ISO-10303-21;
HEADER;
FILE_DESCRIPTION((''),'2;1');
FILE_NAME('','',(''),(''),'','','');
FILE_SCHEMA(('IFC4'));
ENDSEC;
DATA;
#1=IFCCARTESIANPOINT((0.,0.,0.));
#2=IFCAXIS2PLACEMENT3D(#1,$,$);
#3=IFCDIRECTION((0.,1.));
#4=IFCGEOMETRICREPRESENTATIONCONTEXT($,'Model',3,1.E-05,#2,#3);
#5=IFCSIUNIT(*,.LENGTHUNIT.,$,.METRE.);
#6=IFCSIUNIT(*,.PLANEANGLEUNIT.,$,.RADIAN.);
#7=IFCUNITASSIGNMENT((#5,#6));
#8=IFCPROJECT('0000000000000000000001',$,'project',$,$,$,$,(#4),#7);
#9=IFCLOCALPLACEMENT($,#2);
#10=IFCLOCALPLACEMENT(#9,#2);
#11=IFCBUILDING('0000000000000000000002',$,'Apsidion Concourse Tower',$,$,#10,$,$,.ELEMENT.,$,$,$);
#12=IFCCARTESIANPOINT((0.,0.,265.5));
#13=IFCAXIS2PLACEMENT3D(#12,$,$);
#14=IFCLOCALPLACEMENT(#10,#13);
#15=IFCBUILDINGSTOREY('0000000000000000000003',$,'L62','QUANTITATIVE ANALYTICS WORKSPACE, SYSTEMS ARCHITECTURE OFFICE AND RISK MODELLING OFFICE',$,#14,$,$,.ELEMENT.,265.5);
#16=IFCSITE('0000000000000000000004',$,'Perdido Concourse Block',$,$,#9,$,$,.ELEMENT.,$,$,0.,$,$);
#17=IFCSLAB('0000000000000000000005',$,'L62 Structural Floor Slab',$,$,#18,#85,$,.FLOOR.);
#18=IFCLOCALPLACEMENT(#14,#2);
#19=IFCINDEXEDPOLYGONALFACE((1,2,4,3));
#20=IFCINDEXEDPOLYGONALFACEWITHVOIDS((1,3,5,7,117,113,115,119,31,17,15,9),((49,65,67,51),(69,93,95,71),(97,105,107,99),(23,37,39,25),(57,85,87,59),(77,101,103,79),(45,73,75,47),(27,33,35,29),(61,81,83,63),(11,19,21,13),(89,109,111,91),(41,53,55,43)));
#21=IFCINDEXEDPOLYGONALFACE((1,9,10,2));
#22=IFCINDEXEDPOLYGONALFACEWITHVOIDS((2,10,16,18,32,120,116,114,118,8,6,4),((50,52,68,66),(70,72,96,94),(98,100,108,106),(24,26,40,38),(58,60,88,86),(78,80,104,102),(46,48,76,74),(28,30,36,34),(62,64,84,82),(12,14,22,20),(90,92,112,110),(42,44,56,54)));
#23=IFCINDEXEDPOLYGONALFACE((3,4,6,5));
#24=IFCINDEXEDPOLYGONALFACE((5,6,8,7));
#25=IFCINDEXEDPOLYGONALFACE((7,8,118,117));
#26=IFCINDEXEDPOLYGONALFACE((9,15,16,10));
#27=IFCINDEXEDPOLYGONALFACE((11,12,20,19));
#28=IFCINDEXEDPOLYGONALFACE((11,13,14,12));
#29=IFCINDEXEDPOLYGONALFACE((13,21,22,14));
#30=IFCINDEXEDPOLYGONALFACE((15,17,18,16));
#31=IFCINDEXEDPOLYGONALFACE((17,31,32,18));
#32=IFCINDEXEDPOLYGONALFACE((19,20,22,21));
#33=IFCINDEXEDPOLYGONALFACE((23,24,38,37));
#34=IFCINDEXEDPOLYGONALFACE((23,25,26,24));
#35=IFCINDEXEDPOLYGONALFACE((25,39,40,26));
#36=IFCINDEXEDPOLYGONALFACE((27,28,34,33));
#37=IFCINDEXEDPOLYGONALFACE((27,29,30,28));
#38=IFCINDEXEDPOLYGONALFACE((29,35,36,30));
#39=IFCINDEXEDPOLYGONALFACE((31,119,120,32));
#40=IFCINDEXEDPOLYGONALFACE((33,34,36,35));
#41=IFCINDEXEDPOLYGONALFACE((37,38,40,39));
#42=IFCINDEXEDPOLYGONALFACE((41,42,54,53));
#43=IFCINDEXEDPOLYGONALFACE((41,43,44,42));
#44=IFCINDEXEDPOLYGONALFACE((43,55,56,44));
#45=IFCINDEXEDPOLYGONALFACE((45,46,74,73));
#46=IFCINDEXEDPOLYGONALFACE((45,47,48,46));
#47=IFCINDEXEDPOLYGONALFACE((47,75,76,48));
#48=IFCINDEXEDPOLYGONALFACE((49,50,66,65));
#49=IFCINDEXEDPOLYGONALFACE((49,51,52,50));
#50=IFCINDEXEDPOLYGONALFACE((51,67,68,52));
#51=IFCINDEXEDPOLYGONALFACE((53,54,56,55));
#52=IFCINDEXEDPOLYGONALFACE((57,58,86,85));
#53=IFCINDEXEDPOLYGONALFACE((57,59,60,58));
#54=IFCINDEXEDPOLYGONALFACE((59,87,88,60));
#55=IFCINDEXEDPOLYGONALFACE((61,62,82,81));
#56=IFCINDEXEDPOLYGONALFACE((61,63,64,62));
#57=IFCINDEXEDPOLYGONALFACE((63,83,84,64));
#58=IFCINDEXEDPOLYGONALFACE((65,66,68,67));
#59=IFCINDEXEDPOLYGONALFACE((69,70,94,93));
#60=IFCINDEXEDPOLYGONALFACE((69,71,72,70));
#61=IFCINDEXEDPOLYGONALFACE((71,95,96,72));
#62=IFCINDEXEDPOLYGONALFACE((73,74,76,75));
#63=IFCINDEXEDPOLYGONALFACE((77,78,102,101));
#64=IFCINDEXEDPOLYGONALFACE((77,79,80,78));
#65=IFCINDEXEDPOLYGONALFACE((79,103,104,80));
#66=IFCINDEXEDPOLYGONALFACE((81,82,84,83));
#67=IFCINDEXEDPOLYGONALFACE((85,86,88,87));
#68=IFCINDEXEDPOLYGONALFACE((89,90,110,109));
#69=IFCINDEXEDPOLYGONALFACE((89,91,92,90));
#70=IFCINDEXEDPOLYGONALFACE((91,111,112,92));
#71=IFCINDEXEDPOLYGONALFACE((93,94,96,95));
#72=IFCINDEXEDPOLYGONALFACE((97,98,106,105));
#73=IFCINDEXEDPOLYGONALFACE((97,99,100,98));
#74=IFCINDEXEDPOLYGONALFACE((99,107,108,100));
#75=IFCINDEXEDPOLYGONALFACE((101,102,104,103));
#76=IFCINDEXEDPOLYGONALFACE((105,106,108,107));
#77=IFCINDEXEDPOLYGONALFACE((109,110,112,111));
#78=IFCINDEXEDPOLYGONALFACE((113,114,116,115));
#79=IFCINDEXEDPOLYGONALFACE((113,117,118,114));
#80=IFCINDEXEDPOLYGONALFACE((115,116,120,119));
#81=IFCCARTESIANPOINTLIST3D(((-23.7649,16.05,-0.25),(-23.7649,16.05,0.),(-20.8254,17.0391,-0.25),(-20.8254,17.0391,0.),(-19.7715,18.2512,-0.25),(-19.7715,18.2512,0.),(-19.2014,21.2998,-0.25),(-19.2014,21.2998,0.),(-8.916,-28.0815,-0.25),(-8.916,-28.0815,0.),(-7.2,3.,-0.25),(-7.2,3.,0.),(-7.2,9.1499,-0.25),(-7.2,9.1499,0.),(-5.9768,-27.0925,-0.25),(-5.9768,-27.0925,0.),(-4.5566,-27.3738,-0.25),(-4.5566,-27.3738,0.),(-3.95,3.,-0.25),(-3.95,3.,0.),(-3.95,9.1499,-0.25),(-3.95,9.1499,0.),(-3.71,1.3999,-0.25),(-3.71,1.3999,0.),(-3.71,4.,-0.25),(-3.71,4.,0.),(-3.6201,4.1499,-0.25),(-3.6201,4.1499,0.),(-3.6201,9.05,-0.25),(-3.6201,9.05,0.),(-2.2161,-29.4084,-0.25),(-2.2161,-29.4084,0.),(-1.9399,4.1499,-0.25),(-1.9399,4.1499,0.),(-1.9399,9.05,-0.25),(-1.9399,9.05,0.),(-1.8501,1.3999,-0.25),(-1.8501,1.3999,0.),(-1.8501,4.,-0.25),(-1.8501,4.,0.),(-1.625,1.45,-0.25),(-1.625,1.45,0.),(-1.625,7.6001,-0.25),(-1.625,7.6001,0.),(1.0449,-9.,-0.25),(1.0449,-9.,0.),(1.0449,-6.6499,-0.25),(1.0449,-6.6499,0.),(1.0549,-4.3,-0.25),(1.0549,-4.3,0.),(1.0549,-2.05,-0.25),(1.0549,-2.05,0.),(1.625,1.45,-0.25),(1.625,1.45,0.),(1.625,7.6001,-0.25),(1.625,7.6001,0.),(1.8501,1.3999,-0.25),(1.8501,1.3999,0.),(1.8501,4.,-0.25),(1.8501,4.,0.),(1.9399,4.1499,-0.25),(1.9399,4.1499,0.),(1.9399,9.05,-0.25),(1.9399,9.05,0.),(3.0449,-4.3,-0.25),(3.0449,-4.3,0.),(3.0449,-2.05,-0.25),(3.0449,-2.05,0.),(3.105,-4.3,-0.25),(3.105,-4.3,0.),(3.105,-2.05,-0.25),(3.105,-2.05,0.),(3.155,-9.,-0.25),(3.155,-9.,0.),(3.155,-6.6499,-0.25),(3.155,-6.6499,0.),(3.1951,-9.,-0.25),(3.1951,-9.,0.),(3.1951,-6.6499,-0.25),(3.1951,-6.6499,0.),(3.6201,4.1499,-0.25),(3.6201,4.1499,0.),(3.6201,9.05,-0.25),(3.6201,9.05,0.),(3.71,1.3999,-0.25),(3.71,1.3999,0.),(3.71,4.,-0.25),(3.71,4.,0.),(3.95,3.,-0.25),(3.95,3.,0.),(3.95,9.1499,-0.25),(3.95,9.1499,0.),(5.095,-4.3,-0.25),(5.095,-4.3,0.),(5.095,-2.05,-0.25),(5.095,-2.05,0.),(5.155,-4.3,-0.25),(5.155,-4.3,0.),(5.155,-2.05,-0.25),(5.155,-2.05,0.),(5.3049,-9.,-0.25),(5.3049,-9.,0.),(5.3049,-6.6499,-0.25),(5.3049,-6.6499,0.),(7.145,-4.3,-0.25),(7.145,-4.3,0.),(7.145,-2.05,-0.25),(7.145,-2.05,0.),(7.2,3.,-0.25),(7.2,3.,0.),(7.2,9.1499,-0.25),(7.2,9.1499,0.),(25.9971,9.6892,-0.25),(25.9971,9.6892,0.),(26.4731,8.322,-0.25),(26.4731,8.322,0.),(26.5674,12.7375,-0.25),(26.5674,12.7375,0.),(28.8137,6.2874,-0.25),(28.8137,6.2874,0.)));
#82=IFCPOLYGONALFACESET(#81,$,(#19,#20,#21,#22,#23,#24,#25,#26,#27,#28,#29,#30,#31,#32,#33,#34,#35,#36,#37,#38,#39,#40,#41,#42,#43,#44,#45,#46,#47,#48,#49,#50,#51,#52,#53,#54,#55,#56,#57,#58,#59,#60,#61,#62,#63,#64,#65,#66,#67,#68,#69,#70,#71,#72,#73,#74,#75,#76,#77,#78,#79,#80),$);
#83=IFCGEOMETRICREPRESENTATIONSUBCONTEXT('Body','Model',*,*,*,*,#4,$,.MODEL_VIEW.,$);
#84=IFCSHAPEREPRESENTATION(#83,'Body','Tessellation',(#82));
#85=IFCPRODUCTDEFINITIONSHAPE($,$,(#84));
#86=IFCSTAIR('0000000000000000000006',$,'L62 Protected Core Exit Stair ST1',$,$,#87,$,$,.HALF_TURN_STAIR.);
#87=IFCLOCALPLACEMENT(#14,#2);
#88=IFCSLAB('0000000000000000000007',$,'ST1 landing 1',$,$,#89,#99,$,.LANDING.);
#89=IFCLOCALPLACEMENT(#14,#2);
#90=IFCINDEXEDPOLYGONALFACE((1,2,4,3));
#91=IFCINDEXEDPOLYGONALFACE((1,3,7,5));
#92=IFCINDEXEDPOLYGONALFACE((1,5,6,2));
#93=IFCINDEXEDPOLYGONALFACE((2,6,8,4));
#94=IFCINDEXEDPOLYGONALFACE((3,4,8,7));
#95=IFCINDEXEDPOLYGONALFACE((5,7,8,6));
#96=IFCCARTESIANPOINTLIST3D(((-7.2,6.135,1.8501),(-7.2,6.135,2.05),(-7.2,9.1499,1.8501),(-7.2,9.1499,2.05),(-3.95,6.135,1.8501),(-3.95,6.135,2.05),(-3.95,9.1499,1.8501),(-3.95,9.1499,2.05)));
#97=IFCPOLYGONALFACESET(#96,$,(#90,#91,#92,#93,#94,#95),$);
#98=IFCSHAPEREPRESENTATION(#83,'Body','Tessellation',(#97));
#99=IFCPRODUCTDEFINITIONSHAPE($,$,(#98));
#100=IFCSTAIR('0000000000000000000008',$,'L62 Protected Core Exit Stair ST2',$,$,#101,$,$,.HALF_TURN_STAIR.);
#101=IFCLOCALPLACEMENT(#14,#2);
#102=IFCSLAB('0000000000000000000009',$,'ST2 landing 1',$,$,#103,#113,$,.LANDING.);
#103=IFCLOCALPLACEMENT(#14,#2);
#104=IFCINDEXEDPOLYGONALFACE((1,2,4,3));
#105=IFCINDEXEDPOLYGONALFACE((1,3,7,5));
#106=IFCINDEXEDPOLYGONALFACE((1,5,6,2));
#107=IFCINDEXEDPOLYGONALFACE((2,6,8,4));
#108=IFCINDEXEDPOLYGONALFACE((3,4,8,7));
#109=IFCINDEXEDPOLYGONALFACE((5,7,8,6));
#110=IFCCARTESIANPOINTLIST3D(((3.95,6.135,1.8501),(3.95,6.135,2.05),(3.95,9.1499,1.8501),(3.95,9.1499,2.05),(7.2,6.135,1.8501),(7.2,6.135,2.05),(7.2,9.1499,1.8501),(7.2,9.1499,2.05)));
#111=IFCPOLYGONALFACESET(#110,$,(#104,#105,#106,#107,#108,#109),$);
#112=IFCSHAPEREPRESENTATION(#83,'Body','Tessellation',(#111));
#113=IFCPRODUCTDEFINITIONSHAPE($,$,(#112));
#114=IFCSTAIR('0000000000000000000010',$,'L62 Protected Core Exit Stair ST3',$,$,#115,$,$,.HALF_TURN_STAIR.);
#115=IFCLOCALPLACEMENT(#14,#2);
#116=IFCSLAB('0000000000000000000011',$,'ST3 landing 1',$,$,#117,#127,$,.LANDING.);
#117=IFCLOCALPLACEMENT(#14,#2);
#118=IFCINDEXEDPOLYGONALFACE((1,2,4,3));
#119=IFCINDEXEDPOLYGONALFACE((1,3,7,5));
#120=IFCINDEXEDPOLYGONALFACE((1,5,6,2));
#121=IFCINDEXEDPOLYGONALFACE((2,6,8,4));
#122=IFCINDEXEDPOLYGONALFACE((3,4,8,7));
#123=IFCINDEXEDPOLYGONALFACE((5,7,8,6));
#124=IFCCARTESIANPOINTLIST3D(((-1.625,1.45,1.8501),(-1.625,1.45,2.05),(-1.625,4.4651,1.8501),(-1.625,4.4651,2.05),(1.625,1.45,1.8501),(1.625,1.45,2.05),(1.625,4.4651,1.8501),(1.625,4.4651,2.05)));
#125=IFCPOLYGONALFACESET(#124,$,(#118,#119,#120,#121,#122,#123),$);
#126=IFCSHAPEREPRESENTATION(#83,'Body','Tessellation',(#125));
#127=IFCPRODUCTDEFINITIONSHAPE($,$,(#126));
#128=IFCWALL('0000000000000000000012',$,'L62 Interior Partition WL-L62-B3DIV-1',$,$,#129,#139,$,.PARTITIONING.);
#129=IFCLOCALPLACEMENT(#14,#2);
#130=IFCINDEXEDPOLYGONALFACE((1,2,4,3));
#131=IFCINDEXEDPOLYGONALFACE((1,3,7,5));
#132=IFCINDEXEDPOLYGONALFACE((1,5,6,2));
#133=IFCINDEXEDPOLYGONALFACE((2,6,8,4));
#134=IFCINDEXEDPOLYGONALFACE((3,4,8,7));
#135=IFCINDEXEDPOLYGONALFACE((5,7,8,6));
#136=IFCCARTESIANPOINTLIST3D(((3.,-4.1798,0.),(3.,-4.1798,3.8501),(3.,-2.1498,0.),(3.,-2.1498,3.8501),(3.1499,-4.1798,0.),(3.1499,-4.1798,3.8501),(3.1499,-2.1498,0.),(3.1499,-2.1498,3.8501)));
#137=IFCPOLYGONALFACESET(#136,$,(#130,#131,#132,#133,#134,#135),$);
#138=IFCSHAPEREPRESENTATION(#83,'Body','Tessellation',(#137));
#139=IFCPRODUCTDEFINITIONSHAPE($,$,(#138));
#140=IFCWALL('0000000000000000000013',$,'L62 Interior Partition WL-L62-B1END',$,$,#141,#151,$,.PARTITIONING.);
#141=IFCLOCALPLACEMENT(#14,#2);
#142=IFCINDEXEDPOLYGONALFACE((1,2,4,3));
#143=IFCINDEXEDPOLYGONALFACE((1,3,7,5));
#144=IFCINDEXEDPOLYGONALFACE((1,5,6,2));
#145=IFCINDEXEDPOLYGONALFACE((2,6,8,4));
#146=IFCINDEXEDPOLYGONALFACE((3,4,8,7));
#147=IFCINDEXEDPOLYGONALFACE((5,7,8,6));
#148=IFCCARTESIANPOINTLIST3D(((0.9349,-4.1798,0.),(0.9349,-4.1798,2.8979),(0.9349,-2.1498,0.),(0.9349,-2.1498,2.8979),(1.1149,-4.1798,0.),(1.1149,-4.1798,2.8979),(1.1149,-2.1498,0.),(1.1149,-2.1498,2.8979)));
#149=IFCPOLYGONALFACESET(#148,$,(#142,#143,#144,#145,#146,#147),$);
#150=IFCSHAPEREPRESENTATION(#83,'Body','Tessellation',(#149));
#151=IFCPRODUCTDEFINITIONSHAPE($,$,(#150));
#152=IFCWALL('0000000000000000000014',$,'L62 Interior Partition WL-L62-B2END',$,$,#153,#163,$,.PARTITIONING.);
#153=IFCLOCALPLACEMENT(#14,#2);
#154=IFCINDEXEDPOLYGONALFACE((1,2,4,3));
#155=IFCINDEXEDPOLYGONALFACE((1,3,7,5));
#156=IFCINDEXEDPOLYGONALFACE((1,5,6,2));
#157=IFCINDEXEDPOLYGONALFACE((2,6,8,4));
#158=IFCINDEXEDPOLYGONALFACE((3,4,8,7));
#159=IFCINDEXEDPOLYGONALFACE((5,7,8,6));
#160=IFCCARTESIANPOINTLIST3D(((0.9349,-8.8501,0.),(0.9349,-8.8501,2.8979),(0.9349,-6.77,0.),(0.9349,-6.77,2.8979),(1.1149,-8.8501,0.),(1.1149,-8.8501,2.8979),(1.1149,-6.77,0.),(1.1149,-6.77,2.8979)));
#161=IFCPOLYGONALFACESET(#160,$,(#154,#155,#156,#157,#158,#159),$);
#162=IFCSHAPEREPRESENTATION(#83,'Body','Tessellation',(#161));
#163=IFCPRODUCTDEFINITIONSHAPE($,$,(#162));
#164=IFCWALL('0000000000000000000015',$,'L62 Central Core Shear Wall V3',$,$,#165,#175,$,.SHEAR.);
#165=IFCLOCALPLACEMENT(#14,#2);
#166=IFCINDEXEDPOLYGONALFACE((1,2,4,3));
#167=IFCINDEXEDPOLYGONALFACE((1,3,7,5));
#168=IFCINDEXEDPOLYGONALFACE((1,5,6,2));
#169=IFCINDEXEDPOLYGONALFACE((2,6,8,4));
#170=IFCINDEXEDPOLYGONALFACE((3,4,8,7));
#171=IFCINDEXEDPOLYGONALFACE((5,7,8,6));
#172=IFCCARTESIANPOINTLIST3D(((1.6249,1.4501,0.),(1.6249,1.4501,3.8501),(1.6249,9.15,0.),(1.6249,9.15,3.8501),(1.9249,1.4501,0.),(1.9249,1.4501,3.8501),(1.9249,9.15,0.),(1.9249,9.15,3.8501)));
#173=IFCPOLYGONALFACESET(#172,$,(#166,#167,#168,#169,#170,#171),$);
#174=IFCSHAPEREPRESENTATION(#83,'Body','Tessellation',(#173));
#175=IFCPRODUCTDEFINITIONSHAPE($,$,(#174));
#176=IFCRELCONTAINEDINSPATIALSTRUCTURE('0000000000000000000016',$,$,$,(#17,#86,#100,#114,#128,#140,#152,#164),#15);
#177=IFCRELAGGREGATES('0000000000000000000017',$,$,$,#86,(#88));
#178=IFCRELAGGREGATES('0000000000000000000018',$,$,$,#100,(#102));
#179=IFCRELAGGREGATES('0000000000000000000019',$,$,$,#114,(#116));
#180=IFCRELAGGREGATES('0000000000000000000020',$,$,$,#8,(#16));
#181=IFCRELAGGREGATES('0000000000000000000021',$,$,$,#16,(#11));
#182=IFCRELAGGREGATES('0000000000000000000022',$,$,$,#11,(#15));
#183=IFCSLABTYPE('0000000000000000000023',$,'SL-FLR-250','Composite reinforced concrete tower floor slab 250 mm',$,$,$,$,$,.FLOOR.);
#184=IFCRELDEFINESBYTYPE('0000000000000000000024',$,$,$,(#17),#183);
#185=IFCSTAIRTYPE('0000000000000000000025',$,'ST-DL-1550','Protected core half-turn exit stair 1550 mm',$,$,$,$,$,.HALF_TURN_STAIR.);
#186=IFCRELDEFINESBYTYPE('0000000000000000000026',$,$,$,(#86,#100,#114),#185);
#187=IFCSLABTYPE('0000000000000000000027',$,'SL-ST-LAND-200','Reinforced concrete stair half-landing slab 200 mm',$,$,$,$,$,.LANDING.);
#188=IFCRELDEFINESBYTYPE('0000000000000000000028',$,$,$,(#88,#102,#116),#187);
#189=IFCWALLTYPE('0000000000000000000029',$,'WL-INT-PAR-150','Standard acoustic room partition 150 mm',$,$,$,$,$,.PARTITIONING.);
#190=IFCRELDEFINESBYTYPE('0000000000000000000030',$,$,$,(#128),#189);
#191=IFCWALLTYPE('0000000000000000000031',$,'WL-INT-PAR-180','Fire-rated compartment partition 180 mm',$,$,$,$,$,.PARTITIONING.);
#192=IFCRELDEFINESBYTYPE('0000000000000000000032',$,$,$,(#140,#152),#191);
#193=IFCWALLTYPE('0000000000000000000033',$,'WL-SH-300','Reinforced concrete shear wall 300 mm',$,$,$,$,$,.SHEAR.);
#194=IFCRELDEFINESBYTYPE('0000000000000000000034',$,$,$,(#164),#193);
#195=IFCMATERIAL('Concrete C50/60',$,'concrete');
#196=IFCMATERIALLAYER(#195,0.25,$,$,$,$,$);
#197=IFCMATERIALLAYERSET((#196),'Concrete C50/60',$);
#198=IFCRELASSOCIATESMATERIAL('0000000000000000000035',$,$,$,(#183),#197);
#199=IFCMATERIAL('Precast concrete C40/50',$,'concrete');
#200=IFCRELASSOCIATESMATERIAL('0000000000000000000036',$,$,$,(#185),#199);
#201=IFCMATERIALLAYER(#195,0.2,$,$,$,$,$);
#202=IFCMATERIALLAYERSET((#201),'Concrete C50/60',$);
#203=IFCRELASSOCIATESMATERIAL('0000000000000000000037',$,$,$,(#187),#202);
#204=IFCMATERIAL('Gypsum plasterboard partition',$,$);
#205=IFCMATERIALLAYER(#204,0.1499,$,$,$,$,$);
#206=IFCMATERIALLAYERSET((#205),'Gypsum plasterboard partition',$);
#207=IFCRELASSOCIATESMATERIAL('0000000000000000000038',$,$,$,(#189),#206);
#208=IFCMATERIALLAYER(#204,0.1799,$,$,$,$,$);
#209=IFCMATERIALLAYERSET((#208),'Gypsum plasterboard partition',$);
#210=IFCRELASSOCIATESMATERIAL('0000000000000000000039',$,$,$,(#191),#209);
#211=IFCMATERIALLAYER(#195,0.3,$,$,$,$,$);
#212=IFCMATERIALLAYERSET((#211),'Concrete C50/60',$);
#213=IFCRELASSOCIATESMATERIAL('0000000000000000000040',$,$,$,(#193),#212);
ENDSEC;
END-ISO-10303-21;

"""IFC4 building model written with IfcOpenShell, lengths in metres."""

from ifc_helpers import new_model, si_unit, direction, frame, frame_2d, origin, place, context, subcontext, project, spatial, polyline, rectangle, outline, extrude, material, layer, layer_set, type_object, element, aggregate, save


model = new_model("IFC4")

# Units and contexts
model_context = context("Model", 3, precision=1e-05, world=origin(), true_north=direction((0.0, 1.0)))
body_context = subcontext(model_context, "Body", "Model", "MODEL_VIEW")
ifc_project = project(units=[si_unit("LENGTHUNIT", "METRE"), si_unit("PLANEANGLEUNIT", "RADIAN")], contexts=[model_context])

# Site, building, storey
site_placement = place(None, origin())
site = spatial("IfcSite", under=ifc_project, at=site_placement, Name="Perdido Concourse Block", CompositionType="ELEMENT", RefElevation=0.0)
building_placement = place(site_placement, origin())
building = spatial("IfcBuilding", under=site, at=building_placement, Name="Apsidion Concourse Tower", CompositionType="ELEMENT")
storey_placement = place(building_placement, frame((0.0, 0.0, 265.5)))
storey = spatial("IfcBuildingStorey", under=building, at=storey_placement, Name="L62", Description="QUANTITATIVE ANALYTICS WORKSPACE, SYSTEMS ARCHITECTURE OFFICE AND RISK MODELLING OFFICE", CompositionType="ELEMENT", Elevation=265.5)

# Shared definitions
ifc_material_1 = material(Name="Concrete C50/60", Category="concrete")

# Slab
ifc_layer_1 = layer(ifc_material_1, 0.25)
ifc_layer_set_1 = layer_set([ifc_layer_1], Name="Concrete C50/60")
slab_type_1 = type_object("IfcSlabType", Name="SL-FLR-250", Description="Composite reinforced concrete tower floor slab 250 mm", PredefinedType="FLOOR", material=ifc_layer_set_1)
slab_1_placement = place(storey_placement, frame((0.0, 0.0, -0.25)))
element("IfcSlab", 1, at=slab_1_placement, inside=storey, type_object=slab_type_1, Name="L62 Structural Floor Slab", PredefinedType="FLOOR", context=body_context, shape_type="SweptSolid", body=[
    extrude(outline(polyline([(-19.2014, 21.2998), (-19.7715, 18.2512), (-20.8254, 17.0391), (-23.7649, 16.05), (-8.916, -28.0815), (-5.9768, -27.0925), (-4.5566, -27.3738), (-2.2161, -29.4084), (28.8137, 6.2874), (26.4731, 8.322), (25.9971, 9.6892), (26.5674, 12.7375), (-19.2014, 21.2998)]), holes=[polyline([(-3.95, 3.0), (-3.95, 9.1499), (-7.2, 9.1499), (-7.2, 3.0), (-3.95, 3.0)]), polyline([(7.2, 3.0), (7.2, 9.1499), (3.95, 9.1499), (3.95, 3.0), (7.2, 3.0)]), polyline([(-1.625, 7.6001), (-1.625, 1.45), (1.625, 1.45), (1.625, 7.6001), (-1.625, 7.6001)]), polyline([(1.0549, -4.3), (3.0449, -4.3), (3.0449, -2.05), (1.0549, -2.05), (1.0549, -4.3)]), polyline([(3.105, -4.3), (5.095, -4.3), (5.095, -2.05), (3.105, -2.05), (3.105, -4.3)]), polyline([(5.155, -4.3), (7.145, -4.3), (7.145, -2.05), (5.155, -2.05), (5.155, -4.3)]), polyline([(1.0449, -9.0), (3.155, -9.0), (3.155, -6.6499), (1.0449, -6.6499), (1.0449, -9.0)]), polyline([(3.1951, -9.0), (5.3049, -9.0), (5.3049, -6.6499), (3.1951, -6.6499), (3.1951, -9.0)]), polyline([(-3.71, 1.3999), (-1.8501, 1.3999), (-1.8501, 4.0), (-3.71, 4.0), (-3.71, 1.3999)]), polyline([(1.8501, 1.3999), (3.71, 1.3999), (3.71, 4.0), (1.8501, 4.0), (1.8501, 1.3999)]), polyline([(-3.6201, 4.1499), (-1.9399, 4.1499), (-1.9399, 9.05), (-3.6201, 9.05), (-3.6201, 4.1499)]), polyline([(1.9399, 4.1499), (3.6201, 4.1499), (3.6201, 9.05), (1.9399, 9.05), (1.9399, 4.1499)])]), origin(), (0.0, 0.0, 1.0), 0.25),
])

# Stairs, slabs
ifc_material_2 = material(Name="Precast concrete C40/50", Category="concrete")
stair_type = type_object("IfcStairType", Name="ST-DL-1550", Description="Protected core half-turn exit stair 1550 mm", PredefinedType="HALF_TURN_STAIR", material=ifc_material_2)
stair_1_placement = place(storey_placement, origin())
stair_1 = element("IfcStair", 2, at=stair_1_placement, inside=storey, type_object=stair_type, Name="L62 Protected Core Exit Stair ST1", PredefinedType="HALF_TURN_STAIR")
ifc_layer_2 = layer(ifc_material_1, 0.2)
ifc_layer_set_2 = layer_set([ifc_layer_2], Name="Concrete C50/60")
slab_type_2 = type_object("IfcSlabType", Name="SL-ST-LAND-200", Description="Reinforced concrete stair half-landing slab 200 mm", PredefinedType="LANDING", material=ifc_layer_set_2)
slab_2_placement = place(storey_placement, frame((0.0, 0.0, 1.8501)))
slab_2 = element("IfcSlab", 3, at=slab_2_placement, type_object=slab_type_2, Name="ST1 landing 1", PredefinedType="LANDING", context=body_context, shape_type="SweptSolid", body=[
    extrude(outline(polyline([(-3.95, 6.135), (-3.95, 9.1499), (-7.2, 9.1499), (-7.2, 6.135), (-3.95, 6.135)])), origin(), (0.0, 0.0, 1.0), 0.2),
])
aggregate(stair_1, [slab_2])
stair_2_placement = place(storey_placement, origin())
stair_2 = element("IfcStair", 4, at=stair_2_placement, inside=storey, type_object=stair_type, Name="L62 Protected Core Exit Stair ST2", PredefinedType="HALF_TURN_STAIR")
slab_3_placement = place(storey_placement, frame((0.0, 0.0, 1.8501)))
slab_3 = element("IfcSlab", 5, at=slab_3_placement, type_object=slab_type_2, Name="ST2 landing 1", PredefinedType="LANDING", context=body_context, shape_type="SweptSolid", body=[
    extrude(outline(polyline([(7.2, 6.135), (7.2, 9.1499), (3.95, 9.1499), (3.95, 6.135), (7.2, 6.135)])), origin(), (0.0, 0.0, 1.0), 0.2),
])
aggregate(stair_2, [slab_3])
stair_3_placement = place(storey_placement, origin())
stair_3 = element("IfcStair", 6, at=stair_3_placement, inside=storey, type_object=stair_type, Name="L62 Protected Core Exit Stair ST3", PredefinedType="HALF_TURN_STAIR")
slab_4_placement = place(storey_placement, frame((0.0, 0.0, 1.8501)))
slab_4 = element("IfcSlab", 7, at=slab_4_placement, type_object=slab_type_2, Name="ST3 landing 1", PredefinedType="LANDING", context=body_context, shape_type="SweptSolid", body=[
    extrude(outline(polyline([(-1.625, 4.4651), (-1.625, 1.45), (1.625, 1.45), (1.625, 4.4651), (-1.625, 4.4651)])), origin(), (0.0, 0.0, 1.0), 0.2),
])
aggregate(stair_3, [slab_4])

# Walls
ifc_material_3 = material(Name="Gypsum plasterboard partition")
ifc_layer_3 = layer(ifc_material_3, 0.1499)
ifc_layer_set_3 = layer_set([ifc_layer_3], Name="Gypsum plasterboard partition")
wall_type_1 = type_object("IfcWallType", Name="WL-INT-PAR-150", Description="Standard acoustic room partition 150 mm", PredefinedType="PARTITIONING", material=ifc_layer_set_3)
wall_1_placement = place(storey_placement, frame((3.075, -4.1799, 0.0), z_axis=(0.0, 0.0, 1.0), x_axis=(0.0, 1.0, 0.0)))
element("IfcWall", 8, at=wall_1_placement, inside=storey, type_object=wall_type_1, Name="L62 Interior Partition WL-L62-B3DIV-1", PredefinedType="PARTITIONING", context=body_context, shape_type="SweptSolid", body=[
    extrude(rectangle(XDim=2.03, YDim=0.1499, at=frame_2d((1.0151, 0.0))), origin(), (0.0, 0.0, 1.0), 3.8501),
])
ifc_layer_4 = layer(ifc_material_3, 0.1799)
ifc_layer_set_4 = layer_set([ifc_layer_4], Name="Gypsum plasterboard partition")
wall_type_2 = type_object("IfcWallType", Name="WL-INT-PAR-180", Description="Fire-rated compartment partition 180 mm", PredefinedType="PARTITIONING", material=ifc_layer_set_4)
wall_2_placement = place(storey_placement, frame((1.0249, -4.1799, 0.0), z_axis=(0.0, 0.0, 1.0), x_axis=(0.0, 1.0, 0.0)))
element("IfcWall", 9, at=wall_2_placement, inside=storey, type_object=wall_type_2, Name="L62 Interior Partition WL-L62-B1END", PredefinedType="PARTITIONING", context=body_context, shape_type="SweptSolid", body=[
    extrude(rectangle(XDim=2.03, YDim=0.1799, at=frame_2d((1.0151, 0.0))), origin(), (0.0, 0.0, 1.0), 2.8979),
])
wall_3_placement = place(storey_placement, frame((1.0249, -8.8501, 0.0), z_axis=(0.0, 0.0, 1.0), x_axis=(0.0, 1.0, 0.0)))
element("IfcWall", 10, at=wall_3_placement, inside=storey, type_object=wall_type_2, Name="L62 Interior Partition WL-L62-B2END", PredefinedType="PARTITIONING", context=body_context, shape_type="SweptSolid", body=[
    extrude(rectangle(XDim=2.0801, YDim=0.1799, at=frame_2d((1.04, 0.0))), origin(), (0.0, 0.0, 1.0), 2.8979),
])

# Wall
ifc_layer_5 = layer(ifc_material_1, 0.3)
ifc_layer_set_5 = layer_set([ifc_layer_5], Name="Concrete C50/60")
wall_type_3 = type_object("IfcWallType", Name="WL-SH-300", Description="Reinforced concrete shear wall 300 mm", PredefinedType="SHEAR", material=ifc_layer_set_5)
wall_4_placement = place(storey_placement, frame((1.7749, 1.45, 0.0), z_axis=(0.0, 0.0, 1.0), x_axis=(0.0, 1.0, 0.0)))
element("IfcWall", 11, at=wall_4_placement, inside=storey, type_object=wall_type_3, Name="L62 Central Core Shear Wall V3", PredefinedType="SHEAR", context=body_context, shape_type="SweptSolid", body=[
    extrude(rectangle(XDim=7.7, YDim=0.3, at=frame_2d((3.8501, 0.0))), origin(), (0.0, 0.0, 1.0), 3.8501),
])

save(model, "model.ifc")
